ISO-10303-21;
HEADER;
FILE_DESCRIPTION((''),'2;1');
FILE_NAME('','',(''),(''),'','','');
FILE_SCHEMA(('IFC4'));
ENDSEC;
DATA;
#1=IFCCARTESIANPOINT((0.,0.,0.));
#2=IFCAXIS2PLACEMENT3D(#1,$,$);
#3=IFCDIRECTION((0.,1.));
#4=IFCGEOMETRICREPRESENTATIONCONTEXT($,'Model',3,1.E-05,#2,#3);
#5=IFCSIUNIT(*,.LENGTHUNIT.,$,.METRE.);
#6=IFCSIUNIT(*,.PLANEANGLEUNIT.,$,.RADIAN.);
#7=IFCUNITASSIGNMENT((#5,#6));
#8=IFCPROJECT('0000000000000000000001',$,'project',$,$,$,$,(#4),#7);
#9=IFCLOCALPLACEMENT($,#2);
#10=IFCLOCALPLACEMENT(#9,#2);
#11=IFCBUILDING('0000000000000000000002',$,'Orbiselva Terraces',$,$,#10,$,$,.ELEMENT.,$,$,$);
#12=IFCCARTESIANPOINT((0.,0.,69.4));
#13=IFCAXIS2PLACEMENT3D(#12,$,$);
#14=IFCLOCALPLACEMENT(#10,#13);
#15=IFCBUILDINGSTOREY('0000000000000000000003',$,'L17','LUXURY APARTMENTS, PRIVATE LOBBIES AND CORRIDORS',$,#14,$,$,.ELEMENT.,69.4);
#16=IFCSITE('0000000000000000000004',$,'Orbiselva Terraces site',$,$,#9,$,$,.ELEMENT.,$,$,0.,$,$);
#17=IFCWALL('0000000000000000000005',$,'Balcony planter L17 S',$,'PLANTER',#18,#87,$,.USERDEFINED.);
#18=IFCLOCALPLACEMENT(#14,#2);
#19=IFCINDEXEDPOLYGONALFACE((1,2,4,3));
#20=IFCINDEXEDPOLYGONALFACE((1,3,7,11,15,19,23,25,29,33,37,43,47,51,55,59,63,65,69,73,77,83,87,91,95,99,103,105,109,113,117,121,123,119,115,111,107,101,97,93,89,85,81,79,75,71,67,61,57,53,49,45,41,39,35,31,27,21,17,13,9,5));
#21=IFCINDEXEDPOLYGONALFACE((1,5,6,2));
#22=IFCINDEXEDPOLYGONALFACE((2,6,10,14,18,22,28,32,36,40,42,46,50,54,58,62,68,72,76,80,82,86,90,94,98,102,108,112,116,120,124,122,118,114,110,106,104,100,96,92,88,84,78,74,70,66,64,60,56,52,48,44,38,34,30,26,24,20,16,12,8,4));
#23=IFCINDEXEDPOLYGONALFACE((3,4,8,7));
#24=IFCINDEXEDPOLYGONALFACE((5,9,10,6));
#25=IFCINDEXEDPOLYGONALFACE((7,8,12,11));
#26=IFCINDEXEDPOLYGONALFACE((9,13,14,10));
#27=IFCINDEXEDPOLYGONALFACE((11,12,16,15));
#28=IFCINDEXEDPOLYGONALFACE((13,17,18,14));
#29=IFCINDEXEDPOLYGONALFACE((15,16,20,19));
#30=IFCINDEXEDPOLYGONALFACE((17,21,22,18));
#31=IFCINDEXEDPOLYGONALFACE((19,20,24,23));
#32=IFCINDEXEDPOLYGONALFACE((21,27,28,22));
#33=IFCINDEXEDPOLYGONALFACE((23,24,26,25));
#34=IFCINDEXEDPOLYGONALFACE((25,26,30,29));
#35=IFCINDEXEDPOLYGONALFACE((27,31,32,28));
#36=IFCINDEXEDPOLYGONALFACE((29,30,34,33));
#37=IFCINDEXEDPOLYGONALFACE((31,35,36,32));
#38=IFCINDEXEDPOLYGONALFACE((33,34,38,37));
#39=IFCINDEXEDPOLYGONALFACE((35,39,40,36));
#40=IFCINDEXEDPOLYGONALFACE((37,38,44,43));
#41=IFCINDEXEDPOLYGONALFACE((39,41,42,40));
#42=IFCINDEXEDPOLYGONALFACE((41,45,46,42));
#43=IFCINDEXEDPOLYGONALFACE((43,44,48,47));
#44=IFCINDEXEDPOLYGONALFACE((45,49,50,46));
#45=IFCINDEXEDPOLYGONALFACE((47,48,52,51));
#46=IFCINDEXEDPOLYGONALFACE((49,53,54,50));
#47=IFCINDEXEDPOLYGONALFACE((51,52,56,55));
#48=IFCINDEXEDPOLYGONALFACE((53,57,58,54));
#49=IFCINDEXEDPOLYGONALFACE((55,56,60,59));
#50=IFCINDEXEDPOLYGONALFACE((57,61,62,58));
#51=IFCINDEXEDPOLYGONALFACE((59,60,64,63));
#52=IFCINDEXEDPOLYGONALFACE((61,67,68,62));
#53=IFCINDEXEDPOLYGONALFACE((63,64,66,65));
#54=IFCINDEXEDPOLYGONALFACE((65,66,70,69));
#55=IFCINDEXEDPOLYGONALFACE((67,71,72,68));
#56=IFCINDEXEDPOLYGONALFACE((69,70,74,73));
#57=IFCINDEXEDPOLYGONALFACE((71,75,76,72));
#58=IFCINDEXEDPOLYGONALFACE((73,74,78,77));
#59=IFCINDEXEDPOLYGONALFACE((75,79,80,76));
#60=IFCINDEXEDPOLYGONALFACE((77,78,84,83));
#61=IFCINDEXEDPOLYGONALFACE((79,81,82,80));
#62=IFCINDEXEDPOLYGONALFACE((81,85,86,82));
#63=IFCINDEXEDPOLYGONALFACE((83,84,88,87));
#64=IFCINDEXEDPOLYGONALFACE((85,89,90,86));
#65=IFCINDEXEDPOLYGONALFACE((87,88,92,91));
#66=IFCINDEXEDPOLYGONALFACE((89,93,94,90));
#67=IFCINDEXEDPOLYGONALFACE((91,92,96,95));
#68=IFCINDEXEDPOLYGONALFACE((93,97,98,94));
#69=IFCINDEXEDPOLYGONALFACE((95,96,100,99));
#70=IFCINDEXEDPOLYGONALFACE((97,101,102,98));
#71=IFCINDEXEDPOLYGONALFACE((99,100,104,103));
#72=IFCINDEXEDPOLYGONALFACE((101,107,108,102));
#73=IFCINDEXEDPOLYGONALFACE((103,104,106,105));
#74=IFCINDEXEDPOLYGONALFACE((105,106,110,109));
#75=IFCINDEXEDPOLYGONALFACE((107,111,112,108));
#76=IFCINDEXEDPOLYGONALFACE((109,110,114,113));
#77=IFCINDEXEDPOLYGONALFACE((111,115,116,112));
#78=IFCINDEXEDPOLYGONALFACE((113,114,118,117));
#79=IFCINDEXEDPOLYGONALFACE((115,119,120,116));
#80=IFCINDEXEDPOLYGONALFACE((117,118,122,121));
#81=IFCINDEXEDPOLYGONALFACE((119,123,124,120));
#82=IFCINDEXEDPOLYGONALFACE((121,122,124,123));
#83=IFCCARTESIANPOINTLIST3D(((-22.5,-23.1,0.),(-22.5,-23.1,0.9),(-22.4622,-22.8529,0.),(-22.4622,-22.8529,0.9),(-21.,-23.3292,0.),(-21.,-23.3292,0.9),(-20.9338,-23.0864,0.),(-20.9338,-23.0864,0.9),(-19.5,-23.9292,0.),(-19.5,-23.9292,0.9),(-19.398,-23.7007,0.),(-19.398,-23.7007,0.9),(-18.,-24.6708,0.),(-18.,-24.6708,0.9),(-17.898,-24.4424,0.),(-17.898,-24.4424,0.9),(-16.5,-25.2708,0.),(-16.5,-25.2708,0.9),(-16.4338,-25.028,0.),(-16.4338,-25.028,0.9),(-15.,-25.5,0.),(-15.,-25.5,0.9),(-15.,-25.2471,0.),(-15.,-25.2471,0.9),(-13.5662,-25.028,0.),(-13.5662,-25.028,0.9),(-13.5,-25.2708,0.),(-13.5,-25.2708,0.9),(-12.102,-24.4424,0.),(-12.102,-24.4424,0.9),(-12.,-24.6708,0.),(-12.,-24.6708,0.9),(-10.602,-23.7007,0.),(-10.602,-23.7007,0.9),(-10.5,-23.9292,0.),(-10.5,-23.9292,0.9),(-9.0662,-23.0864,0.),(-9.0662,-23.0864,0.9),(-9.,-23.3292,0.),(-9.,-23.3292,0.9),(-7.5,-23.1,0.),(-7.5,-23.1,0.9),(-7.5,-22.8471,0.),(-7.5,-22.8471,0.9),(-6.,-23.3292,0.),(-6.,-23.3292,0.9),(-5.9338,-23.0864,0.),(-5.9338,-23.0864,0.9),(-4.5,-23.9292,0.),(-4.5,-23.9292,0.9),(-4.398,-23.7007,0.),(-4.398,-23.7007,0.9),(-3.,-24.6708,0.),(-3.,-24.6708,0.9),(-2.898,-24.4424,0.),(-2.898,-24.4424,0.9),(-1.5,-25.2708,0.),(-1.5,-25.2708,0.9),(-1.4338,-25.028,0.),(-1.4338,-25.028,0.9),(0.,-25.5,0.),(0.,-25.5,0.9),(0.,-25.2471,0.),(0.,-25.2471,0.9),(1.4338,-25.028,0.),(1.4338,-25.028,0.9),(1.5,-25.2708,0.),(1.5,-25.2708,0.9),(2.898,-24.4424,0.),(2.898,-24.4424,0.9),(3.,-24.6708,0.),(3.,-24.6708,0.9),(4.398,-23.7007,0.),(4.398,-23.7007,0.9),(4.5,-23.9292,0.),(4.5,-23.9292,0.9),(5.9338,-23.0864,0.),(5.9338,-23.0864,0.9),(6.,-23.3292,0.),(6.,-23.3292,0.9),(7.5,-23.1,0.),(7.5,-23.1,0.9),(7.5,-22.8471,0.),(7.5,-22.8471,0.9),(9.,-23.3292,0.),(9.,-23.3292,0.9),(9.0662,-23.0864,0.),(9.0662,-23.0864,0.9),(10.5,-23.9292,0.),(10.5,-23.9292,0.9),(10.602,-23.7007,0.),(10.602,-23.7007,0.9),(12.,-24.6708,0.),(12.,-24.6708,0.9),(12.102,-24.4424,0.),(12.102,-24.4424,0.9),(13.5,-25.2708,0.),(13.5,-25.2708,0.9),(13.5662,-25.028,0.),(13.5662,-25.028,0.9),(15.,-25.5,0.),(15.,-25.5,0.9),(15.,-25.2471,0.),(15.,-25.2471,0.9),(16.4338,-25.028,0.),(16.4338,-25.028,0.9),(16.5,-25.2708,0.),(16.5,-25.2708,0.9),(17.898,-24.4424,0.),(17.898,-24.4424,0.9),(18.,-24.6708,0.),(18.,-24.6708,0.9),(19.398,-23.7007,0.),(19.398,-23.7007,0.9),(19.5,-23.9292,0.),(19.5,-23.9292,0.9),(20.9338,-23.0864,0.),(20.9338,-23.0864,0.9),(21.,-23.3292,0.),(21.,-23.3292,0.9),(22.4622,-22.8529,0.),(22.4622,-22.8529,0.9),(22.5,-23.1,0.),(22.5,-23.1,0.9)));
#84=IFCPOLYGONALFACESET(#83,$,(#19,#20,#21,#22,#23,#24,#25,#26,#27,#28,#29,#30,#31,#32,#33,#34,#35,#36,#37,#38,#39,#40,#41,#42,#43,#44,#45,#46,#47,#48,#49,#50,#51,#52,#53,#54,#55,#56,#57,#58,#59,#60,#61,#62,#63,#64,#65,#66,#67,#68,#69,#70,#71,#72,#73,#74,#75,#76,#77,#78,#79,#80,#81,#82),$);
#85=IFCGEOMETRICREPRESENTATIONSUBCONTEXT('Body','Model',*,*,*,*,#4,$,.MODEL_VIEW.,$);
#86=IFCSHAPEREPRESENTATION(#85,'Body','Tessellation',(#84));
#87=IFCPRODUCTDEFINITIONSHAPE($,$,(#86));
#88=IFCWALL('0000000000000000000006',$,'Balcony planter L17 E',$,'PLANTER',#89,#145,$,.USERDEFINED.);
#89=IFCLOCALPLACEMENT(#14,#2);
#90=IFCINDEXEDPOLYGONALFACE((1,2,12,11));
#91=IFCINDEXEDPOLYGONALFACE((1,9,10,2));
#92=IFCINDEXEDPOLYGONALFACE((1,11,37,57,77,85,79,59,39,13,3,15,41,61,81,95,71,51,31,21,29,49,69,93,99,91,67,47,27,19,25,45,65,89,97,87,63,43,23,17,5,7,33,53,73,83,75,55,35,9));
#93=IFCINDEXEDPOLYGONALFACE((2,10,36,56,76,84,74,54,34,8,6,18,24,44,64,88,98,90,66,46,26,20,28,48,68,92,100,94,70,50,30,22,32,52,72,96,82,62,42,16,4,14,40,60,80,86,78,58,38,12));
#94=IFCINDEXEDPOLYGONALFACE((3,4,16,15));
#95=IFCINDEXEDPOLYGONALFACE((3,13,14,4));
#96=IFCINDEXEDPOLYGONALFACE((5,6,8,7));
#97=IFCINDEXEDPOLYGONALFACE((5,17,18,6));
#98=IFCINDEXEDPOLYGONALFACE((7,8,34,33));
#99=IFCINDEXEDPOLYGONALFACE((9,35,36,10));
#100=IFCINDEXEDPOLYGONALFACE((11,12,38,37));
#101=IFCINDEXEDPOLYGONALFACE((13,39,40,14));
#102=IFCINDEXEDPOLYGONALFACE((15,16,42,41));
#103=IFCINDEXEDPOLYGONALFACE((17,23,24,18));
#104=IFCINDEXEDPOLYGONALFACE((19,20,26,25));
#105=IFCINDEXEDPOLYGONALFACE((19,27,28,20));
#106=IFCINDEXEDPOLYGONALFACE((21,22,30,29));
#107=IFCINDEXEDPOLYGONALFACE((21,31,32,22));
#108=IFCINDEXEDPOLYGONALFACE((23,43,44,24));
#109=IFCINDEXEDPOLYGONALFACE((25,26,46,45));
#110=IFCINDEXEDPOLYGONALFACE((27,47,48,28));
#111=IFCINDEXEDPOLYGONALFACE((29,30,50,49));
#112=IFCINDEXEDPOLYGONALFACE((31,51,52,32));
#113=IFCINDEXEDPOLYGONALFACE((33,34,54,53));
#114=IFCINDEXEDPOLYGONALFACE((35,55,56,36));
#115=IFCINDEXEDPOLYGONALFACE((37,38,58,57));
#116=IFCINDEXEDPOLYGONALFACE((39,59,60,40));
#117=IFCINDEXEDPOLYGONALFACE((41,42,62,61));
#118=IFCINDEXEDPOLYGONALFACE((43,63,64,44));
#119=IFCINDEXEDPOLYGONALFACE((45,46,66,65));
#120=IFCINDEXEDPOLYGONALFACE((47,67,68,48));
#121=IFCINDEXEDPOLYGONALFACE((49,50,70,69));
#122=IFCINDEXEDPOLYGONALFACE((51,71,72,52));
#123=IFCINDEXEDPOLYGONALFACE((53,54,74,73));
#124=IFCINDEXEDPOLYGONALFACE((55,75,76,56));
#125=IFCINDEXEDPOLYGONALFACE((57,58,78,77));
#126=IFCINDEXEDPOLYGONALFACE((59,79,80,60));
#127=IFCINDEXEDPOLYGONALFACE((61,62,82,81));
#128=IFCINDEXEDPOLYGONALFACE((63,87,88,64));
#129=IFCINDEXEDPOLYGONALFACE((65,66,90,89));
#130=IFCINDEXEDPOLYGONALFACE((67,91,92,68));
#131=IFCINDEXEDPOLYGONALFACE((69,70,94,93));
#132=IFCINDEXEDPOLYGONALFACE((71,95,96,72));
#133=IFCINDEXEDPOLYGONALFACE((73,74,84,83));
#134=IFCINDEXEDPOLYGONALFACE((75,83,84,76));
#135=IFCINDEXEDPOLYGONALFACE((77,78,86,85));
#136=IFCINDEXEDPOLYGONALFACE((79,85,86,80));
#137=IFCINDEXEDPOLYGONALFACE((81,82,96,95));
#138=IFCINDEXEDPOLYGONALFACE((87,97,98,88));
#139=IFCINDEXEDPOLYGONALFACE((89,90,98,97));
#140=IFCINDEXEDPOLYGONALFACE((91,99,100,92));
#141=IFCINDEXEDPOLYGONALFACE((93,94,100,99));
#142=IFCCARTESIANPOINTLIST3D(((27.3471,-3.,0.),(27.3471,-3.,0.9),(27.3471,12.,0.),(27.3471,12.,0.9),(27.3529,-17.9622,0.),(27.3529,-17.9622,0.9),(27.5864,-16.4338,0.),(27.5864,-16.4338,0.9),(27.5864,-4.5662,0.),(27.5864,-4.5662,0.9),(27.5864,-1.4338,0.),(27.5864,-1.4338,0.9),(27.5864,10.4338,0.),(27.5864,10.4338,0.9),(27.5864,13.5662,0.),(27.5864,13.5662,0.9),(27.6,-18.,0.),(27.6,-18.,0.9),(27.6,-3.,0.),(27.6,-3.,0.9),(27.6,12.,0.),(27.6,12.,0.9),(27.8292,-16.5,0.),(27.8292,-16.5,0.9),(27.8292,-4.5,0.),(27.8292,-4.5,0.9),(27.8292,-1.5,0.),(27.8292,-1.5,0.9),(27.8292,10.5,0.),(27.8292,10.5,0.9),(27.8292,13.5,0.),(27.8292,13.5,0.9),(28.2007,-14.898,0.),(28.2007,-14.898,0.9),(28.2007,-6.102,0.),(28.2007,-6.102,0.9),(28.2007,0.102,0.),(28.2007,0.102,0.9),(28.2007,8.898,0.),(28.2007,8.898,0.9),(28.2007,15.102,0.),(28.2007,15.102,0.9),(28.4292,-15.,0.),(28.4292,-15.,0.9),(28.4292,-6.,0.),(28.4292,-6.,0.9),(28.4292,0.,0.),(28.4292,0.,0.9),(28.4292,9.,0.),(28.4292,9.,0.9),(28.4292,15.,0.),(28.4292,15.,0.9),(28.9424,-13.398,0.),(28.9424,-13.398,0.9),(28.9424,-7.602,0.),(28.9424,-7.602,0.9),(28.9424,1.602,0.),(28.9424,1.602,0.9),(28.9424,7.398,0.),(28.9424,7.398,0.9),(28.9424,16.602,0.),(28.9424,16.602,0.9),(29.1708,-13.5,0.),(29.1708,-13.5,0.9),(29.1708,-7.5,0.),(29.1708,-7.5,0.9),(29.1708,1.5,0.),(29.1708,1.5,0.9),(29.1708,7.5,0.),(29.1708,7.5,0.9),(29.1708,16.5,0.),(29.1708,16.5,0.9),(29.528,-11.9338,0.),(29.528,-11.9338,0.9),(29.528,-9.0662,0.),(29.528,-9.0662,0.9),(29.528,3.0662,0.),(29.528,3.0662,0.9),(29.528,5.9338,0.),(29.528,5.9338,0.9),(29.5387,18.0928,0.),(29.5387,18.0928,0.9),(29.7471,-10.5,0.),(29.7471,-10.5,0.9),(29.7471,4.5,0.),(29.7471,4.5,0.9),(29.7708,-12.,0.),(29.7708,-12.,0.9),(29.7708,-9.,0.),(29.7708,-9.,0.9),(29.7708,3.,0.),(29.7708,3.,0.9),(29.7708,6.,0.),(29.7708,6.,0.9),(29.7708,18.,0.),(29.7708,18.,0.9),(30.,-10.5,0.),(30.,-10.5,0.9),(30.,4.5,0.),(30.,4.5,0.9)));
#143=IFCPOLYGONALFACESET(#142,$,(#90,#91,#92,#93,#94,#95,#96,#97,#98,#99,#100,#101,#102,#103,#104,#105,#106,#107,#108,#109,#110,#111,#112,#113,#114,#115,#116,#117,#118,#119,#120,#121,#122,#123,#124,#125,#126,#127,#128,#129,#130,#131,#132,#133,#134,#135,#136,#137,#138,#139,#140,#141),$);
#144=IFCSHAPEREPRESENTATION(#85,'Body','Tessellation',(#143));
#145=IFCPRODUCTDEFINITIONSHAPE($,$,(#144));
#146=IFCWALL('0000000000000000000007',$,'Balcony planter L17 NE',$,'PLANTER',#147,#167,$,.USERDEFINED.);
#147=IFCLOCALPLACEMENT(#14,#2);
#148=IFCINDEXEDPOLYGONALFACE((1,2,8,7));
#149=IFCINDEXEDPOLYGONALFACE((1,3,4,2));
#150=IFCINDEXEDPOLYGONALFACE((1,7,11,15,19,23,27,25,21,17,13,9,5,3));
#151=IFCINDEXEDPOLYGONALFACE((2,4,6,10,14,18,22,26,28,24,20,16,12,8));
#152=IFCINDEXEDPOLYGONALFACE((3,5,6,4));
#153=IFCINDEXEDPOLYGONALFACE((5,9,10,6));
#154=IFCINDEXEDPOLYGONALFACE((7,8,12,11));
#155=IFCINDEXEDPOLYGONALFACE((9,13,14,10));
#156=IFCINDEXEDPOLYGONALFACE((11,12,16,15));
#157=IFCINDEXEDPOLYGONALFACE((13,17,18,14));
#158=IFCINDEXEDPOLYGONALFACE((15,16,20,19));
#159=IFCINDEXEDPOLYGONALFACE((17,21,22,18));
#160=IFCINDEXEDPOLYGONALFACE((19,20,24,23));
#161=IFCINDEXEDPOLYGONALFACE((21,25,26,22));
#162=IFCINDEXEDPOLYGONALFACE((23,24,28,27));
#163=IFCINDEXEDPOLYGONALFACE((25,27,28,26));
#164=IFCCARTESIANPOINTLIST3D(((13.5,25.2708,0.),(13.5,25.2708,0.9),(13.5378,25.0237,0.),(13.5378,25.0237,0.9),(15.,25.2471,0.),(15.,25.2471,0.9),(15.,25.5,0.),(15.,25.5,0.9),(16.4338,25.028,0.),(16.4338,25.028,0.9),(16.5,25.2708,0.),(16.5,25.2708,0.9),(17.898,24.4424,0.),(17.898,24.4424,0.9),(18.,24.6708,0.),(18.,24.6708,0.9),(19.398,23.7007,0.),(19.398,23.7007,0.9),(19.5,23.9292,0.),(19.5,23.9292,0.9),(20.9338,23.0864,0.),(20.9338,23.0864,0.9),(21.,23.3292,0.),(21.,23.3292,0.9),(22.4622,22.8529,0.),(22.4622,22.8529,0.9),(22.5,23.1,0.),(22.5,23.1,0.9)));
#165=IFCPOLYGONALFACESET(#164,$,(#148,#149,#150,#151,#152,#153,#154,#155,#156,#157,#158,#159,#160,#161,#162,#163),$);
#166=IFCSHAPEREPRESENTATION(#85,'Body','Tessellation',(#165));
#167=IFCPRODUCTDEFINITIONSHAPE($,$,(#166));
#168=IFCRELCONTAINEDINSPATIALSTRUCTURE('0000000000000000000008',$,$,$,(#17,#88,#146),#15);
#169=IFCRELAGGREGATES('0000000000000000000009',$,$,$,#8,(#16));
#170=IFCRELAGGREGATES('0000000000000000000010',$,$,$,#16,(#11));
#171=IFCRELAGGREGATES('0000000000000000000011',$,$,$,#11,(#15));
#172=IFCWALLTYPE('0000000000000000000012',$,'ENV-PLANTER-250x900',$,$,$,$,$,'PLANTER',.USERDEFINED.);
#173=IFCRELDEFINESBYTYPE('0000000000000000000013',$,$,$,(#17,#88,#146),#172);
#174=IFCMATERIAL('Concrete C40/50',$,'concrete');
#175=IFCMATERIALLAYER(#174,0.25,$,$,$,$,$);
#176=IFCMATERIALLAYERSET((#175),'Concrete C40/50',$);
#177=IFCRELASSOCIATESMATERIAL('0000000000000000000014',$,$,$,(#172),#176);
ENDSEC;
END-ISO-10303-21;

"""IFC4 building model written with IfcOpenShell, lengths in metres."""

from ifc_helpers import new_model, si_unit, direction, frame, origin, place, context, subcontext, project, spatial, polyline, outline, extrude, material, layer, layer_set, type_object, element, save


model = new_model("IFC4")

# Units and contexts
model_context = context("Model", 3, precision=1e-05, world=origin(), true_north=direction((0.0, 1.0)))
body_context = subcontext(model_context, "Body", "Model", "MODEL_VIEW")
ifc_project = project(units=[si_unit("LENGTHUNIT", "METRE"), si_unit("PLANEANGLEUNIT", "RADIAN")], contexts=[model_context])

# Site, building, storey
site_placement = place(None, origin())
site = spatial("IfcSite", under=ifc_project, at=site_placement, Name="Orbiselva Terraces site", CompositionType="ELEMENT", RefElevation=0.0)
building_placement = place(site_placement, origin())
building = spatial("IfcBuilding", under=site, at=building_placement, Name="Orbiselva Terraces", CompositionType="ELEMENT")
storey_placement = place(building_placement, frame((0.0, 0.0, 69.4)))
storey = spatial("IfcBuildingStorey", under=building, at=storey_placement, Name="L17", Description="LUXURY APARTMENTS, PRIVATE LOBBIES AND CORRIDORS", CompositionType="ELEMENT", Elevation=69.4)

# Shared definitions
ifc_material_1 = material(Name="Concrete C40/50", Category="concrete")

# Walls
ifc_layer_1 = layer(ifc_material_1, 0.25)
ifc_layer_set_1 = layer_set([ifc_layer_1], Name="Concrete C40/50")
wall_type = type_object("IfcWallType", Name="ENV-PLANTER-250x900", ElementType="PLANTER", PredefinedType="USERDEFINED", material=ifc_layer_set_1)
wall_1_placement = place(storey_placement, origin())
element("IfcWall", 1, at=wall_1_placement, inside=storey, type_object=wall_type, Name="Balcony planter L17 S", ObjectType="PLANTER", PredefinedType="USERDEFINED", context=body_context, shape_type="SweptSolid", body=[
    extrude(outline(polyline([(-22.5, -23.1), (-21.0, -23.3292), (-19.5, -23.9292), (-18.0, -24.6708), (-16.5, -25.2708), (-15.0, -25.5), (-13.5, -25.2708), (-12.0, -24.6708), (-10.5, -23.9292), (-9.0, -23.3292), (-7.5, -23.1), (-6.0, -23.3292), (-4.5, -23.9292), (-3.0, -24.6708), (-1.5, -25.2708), (0.0, -25.5), (1.5, -25.2708), (3.0, -24.6708), (4.5, -23.9292), (6.0, -23.3292), (7.5, -23.1), (9.0, -23.3292), (10.5, -23.9292), (12.0, -24.6708), (13.5, -25.2708), (15.0, -25.5), (16.5, -25.2708), (18.0, -24.6708), (19.5, -23.9292), (21.0, -23.3292), (22.5, -23.1), (22.4622, -22.8529), (20.9338, -23.0864), (19.398, -23.7007), (17.898, -24.4424), (16.4338, -25.028), (15.0, -25.2471), (13.5662, -25.028), (12.102, -24.4424), (10.602, -23.7007), (9.0662, -23.0864), (7.5, -22.8471), (5.9338, -23.0864), (4.398, -23.7007), (2.898, -24.4424), (1.4338, -25.028), (0.0, -25.2471), (-1.4338, -25.028), (-2.898, -24.4424), (-4.398, -23.7007), (-5.9338, -23.0864), (-7.5, -22.8471), (-9.0662, -23.0864), (-10.602, -23.7007), (-12.102, -24.4424), (-13.5662, -25.028), (-15.0, -25.2471), (-16.4338, -25.028), (-17.898, -24.4424), (-19.398, -23.7007), (-20.9338, -23.0864), (-22.4622, -22.8529), (-22.5, -23.1)])), origin(), (0.0, 0.0, 1.0), 0.9),
])
wall_2_placement = place(storey_placement, origin())
element("IfcWall", 2, at=wall_2_placement, inside=storey, type_object=wall_type, Name="Balcony planter L17 E", ObjectType="PLANTER", PredefinedType="USERDEFINED", context=body_context, shape_type="SweptSolid", body=[
    extrude(outline(polyline([(27.6, -18.0), (27.8292, -16.5), (28.4292, -15.0), (29.1708, -13.5), (29.7708, -12.0), (30.0, -10.5), (29.7708, -9.0), (29.1708, -7.5), (28.4292, -6.0), (27.8292, -4.5), (27.6, -3.0), (27.8292, -1.5), (28.4292, 0.0), (29.1708, 1.5), (29.7708, 3.0), (30.0, 4.5), (29.7708, 6.0), (29.1708, 7.5), (28.4292, 9.0), (27.8292, 10.5), (27.6, 12.0), (27.8292, 13.5), (28.4292, 15.0), (29.1708, 16.5), (29.7708, 18.0), (29.5387, 18.0928), (28.9424, 16.602), (28.2007, 15.102), (27.5864, 13.5662), (27.3471, 12.0), (27.5864, 10.4338), (28.2007, 8.898), (28.9424, 7.398), (29.528, 5.9338), (29.7471, 4.5), (29.528, 3.0662), (28.9424, 1.602), (28.2007, 0.102), (27.5864, -1.4338), (27.3471, -3.0), (27.5864, -4.5662), (28.2007, -6.102), (28.9424, -7.602), (29.528, -9.0662), (29.7471, -10.5), (29.528, -11.9338), (28.9424, -13.398), (28.2007, -14.898), (27.5864, -16.4338), (27.3529, -17.9622), (27.6, -18.0)])), origin(), (0.0, 0.0, 1.0), 0.9),
])
wall_3_placement = place(storey_placement, origin())
element("IfcWall", 3, at=wall_3_placement, inside=storey, type_object=wall_type, Name="Balcony planter L17 NE", ObjectType="PLANTER", PredefinedType="USERDEFINED", context=body_context, shape_type="SweptSolid", body=[
    extrude(outline(polyline([(22.5, 23.1), (21.0, 23.3292), (19.5, 23.9292), (18.0, 24.6708), (16.5, 25.2708), (15.0, 25.5), (13.5, 25.2708), (13.5378, 25.0237), (15.0, 25.2471), (16.4338, 25.028), (17.898, 24.4424), (19.398, 23.7007), (20.9338, 23.0864), (22.4622, 22.8529), (22.5, 23.1)])), origin(), (0.0, 0.0, 1.0), 0.9),
])

save(model, "model.ifc")
